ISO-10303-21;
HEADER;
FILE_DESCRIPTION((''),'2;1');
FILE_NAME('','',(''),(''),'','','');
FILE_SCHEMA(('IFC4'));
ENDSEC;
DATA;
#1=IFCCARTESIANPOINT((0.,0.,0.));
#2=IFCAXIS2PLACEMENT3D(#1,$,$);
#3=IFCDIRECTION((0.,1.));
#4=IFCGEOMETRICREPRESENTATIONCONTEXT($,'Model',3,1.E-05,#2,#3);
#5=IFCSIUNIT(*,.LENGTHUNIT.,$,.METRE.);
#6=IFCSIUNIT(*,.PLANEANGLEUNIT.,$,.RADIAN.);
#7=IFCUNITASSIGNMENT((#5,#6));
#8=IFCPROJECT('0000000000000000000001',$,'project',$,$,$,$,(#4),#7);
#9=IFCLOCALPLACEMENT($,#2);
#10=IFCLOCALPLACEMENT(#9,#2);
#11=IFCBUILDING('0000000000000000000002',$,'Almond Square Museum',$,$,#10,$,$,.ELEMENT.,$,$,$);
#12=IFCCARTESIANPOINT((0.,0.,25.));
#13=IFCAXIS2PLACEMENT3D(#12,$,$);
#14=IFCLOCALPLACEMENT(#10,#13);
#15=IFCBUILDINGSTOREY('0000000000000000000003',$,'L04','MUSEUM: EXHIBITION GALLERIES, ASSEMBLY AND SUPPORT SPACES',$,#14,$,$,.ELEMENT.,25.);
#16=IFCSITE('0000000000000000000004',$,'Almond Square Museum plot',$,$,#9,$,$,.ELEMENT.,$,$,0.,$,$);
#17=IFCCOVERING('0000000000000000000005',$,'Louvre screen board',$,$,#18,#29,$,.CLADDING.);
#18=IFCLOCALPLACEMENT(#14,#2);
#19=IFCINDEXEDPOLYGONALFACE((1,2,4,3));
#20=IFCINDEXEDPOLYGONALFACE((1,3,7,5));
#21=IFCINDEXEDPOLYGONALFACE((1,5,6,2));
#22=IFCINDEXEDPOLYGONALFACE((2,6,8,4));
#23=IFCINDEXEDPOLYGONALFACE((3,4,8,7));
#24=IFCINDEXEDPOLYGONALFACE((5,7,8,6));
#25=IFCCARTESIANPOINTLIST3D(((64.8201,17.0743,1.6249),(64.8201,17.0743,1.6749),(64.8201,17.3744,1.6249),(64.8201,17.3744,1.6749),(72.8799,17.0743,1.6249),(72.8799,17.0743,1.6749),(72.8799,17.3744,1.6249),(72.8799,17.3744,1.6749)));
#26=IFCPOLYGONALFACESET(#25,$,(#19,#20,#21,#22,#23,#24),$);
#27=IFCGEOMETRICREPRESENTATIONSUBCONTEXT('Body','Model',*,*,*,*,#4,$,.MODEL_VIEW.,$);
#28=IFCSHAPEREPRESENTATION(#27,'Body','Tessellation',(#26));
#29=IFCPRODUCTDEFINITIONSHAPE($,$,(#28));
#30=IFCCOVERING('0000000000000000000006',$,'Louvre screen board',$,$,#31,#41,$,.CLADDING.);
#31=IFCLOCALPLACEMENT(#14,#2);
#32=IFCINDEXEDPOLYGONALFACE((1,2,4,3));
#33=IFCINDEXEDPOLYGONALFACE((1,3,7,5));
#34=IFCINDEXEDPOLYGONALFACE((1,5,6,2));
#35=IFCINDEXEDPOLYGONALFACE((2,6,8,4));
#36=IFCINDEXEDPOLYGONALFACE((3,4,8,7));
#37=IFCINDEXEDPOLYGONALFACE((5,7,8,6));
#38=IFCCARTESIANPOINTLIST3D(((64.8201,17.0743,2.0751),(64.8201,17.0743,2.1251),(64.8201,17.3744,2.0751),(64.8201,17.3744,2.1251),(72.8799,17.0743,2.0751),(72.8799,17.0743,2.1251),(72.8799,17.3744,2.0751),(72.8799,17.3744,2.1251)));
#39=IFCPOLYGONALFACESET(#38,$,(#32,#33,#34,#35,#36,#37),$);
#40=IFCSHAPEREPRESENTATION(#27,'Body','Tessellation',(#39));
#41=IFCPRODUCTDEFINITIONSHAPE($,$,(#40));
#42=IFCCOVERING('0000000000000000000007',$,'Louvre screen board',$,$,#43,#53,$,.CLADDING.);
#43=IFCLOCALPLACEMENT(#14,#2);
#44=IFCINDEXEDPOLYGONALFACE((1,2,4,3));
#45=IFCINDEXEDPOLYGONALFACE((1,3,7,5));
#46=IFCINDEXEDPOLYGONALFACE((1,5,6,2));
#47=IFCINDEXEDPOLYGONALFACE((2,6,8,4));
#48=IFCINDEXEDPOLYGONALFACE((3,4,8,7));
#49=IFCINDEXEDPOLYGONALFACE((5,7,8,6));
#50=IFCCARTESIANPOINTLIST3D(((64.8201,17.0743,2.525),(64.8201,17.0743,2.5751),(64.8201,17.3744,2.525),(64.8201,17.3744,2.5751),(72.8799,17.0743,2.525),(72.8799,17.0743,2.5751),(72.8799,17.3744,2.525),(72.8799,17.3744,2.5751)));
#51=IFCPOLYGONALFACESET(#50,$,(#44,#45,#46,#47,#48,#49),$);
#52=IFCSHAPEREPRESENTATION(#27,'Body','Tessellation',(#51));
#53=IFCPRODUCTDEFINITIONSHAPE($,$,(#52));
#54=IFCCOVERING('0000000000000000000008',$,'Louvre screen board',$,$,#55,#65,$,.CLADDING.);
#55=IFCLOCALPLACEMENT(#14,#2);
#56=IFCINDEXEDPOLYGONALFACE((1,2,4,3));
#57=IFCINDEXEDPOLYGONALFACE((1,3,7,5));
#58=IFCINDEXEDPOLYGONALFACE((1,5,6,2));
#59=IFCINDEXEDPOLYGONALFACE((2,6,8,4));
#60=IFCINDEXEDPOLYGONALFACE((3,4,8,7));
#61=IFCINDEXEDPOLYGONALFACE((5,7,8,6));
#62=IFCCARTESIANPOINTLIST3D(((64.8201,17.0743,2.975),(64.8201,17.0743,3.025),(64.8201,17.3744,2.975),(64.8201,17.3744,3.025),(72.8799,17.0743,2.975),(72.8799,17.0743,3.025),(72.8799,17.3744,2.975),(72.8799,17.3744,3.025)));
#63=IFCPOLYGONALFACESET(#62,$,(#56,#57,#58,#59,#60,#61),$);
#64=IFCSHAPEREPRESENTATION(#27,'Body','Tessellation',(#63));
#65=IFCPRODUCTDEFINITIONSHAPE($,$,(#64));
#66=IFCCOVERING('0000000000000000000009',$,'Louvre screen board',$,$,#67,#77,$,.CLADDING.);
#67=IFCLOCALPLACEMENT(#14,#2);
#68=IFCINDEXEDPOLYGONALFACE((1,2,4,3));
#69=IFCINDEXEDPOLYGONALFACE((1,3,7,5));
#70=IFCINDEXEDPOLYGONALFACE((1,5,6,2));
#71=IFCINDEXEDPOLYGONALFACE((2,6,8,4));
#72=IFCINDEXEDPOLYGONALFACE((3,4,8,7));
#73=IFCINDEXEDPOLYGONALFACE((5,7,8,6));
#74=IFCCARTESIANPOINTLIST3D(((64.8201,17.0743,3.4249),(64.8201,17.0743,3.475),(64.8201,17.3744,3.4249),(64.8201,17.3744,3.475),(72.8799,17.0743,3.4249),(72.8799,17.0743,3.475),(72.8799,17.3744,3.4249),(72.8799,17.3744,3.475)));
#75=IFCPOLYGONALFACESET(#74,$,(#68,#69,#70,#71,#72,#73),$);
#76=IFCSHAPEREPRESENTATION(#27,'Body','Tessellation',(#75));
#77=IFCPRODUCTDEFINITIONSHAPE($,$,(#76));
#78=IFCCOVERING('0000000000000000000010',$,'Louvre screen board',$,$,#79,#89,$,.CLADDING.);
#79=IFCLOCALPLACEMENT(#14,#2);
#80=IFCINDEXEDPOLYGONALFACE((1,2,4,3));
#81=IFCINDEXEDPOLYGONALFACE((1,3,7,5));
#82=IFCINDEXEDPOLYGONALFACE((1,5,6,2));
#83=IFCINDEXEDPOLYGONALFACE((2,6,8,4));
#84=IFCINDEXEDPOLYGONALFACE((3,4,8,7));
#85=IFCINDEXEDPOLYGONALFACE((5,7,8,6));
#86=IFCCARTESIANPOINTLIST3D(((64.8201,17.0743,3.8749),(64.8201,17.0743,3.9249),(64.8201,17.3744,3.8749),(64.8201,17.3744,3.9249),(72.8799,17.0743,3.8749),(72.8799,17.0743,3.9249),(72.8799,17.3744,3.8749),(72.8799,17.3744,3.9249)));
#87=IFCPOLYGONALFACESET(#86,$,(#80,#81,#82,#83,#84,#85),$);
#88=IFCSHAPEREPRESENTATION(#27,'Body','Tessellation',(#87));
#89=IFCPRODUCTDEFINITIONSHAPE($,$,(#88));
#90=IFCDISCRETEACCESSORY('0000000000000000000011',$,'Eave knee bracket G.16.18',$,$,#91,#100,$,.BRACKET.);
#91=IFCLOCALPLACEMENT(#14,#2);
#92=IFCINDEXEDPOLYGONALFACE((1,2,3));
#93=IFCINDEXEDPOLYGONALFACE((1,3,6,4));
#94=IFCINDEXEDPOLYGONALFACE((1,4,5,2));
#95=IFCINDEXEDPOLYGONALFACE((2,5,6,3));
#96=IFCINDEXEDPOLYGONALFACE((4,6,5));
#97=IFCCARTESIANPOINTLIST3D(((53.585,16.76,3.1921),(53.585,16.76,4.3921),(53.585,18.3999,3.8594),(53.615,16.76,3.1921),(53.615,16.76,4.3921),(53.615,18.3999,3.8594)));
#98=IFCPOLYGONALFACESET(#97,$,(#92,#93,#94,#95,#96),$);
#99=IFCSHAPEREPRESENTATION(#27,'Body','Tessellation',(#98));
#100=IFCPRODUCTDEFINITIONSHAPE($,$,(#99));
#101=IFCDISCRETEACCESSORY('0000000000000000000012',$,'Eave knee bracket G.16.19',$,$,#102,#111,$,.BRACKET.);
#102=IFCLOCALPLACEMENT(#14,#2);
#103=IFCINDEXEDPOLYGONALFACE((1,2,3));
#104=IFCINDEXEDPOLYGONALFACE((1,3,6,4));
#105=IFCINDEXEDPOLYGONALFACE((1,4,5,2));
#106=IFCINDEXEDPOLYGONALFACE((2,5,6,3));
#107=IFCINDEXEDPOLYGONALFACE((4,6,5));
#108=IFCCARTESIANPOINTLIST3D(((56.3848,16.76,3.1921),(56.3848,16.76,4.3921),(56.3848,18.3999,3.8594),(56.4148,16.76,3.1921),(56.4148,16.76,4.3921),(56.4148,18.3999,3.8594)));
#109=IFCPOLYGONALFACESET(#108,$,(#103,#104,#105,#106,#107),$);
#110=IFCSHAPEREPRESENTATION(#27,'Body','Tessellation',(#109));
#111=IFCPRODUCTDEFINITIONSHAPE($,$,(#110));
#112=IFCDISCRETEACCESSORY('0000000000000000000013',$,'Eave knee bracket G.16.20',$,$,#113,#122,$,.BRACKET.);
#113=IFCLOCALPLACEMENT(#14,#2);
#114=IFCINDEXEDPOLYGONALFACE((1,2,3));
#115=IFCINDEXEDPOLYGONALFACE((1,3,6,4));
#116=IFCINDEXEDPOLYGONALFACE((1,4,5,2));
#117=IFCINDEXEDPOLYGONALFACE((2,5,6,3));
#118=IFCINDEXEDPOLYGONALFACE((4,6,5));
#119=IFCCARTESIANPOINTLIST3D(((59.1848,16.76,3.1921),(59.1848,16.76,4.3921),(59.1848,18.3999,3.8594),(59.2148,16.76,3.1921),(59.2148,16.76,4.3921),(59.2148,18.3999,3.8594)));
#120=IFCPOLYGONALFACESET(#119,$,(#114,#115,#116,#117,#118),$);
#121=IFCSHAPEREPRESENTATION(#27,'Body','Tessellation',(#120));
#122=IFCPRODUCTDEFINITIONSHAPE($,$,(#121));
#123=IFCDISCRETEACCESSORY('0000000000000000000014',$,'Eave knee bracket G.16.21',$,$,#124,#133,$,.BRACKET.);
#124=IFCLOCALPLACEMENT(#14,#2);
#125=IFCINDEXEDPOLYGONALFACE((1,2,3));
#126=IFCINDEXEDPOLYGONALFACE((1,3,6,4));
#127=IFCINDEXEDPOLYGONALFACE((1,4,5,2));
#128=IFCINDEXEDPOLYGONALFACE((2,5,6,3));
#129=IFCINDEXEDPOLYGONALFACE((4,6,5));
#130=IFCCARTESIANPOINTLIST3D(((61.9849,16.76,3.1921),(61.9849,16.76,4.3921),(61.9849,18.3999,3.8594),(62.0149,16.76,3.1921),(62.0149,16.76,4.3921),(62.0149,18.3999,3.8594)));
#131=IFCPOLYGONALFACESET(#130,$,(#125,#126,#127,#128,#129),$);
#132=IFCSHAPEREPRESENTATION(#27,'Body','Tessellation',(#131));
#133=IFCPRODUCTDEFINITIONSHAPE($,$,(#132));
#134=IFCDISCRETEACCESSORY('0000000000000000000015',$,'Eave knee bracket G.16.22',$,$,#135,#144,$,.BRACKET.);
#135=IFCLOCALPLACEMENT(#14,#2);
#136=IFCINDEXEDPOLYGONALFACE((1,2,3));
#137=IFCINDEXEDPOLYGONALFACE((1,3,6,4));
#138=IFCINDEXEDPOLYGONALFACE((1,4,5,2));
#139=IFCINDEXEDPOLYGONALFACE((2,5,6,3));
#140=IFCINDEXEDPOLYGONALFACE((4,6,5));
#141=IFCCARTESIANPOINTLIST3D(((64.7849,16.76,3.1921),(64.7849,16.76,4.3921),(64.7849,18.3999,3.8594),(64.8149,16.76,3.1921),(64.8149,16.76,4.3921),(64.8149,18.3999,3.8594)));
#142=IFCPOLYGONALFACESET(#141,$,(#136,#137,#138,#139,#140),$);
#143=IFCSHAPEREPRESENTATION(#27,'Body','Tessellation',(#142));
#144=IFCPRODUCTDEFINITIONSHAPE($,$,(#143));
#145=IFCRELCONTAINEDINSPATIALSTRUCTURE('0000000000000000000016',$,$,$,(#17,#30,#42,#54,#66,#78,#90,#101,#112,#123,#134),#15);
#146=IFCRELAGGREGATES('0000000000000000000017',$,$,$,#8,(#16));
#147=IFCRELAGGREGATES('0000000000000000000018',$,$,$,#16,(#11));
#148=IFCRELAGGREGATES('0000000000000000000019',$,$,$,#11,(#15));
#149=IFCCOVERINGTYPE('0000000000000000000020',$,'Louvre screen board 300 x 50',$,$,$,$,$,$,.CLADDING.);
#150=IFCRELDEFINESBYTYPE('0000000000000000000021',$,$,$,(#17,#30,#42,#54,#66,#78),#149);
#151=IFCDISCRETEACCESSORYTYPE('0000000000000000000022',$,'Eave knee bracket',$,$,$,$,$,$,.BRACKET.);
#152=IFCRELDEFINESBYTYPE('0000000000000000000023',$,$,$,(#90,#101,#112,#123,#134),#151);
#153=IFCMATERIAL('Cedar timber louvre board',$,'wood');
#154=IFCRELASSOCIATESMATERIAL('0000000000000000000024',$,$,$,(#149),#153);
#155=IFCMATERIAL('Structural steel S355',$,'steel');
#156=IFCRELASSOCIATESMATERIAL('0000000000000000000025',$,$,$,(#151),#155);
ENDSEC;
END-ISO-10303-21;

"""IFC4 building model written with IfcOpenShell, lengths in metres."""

from ifc_helpers import new_model, si_unit, direction, frame, origin, origin_2d, place, context, subcontext, project, spatial, polyline, rectangle, outline, extrude, material, material_profile, profile_set, type_object, element, save


model = new_model("IFC4")

# Units and contexts
model_context = context("Model", 3, precision=1e-05, world=origin(), true_north=direction((0.0, 1.0)))
body_context = subcontext(model_context, "Body", "Model", "MODEL_VIEW")
ifc_project = project(units=[si_unit("LENGTHUNIT", "METRE"), si_unit("PLANEANGLEUNIT", "RADIAN")], contexts=[model_context])

# Site, building, storey
site_placement = place(None, origin())
site = spatial("IfcSite", under=ifc_project, at=site_placement, Name="Almond Square Museum plot", CompositionType="ELEMENT", RefElevation=0.0)
building_placement = place(site_placement, origin())
building = spatial("IfcBuilding", under=site, at=building_placement, Name="Almond Square Museum", CompositionType="ELEMENT")
storey_placement = place(building_placement, frame((0.0, 0.0, 25.0)))
storey = spatial("IfcBuildingStorey", under=building, at=storey_placement, Name="L04", Description="MUSEUM: EXHIBITION GALLERIES, ASSEMBLY AND SUPPORT SPACES", CompositionType="ELEMENT", Elevation=25.0)

# Coverings
ifc_material_1 = material(Name="Cedar timber louvre board", Category="wood")
ifc_material_profile_1 = material_profile(ifc_material_1, rectangle(XDim=0.3, YDim=0.05, at=origin_2d()))
ifc_profile_set_1 = profile_set([ifc_material_profile_1], Name="Cedar timber louvre board")
covering_type = type_object("IfcCoveringType", Name="Louvre screen board 300 x 50", PredefinedType="CLADDING", material=ifc_profile_set_1)
for number, where, z_axis, x_axis, name in (
    (1, (64.8201, 17.2244, 1.6499), (1.0, 0.0, 0.0), (0.0, 1.0, 0.0), "Louvre screen board"),
    (2, (64.8201, 17.2244, 2.1001), (1.0, 0.0, 0.0), (0.0, 1.0, 0.0), "Louvre screen board"),
    (3, (64.8201, 17.2244, 2.55), (1.0, 0.0, 0.0), (0.0, 1.0, 0.0), "Louvre screen board"),
    (4, (64.8201, 17.2244, 3.0), (1.0, 0.0, 0.0), (0.0, 1.0, 0.0), "Louvre screen board"),
    (5, (64.8201, 17.2244, 3.45), (1.0, 0.0, 0.0), (0.0, 1.0, 0.0), "Louvre screen board"),
    (6, (64.8201, 17.2244, 3.8999), (1.0, 0.0, 0.0), (0.0, 1.0, 0.0), "Louvre screen board"),
):
    element("IfcCovering", number, at=place(storey_placement, frame(where, z_axis=z_axis, x_axis=x_axis)), inside=storey, type_object=covering_type, Name=name, PredefinedType="CLADDING", context=body_context, shape_type="SweptSolid", body=[
        extrude(rectangle(XDim=0.3, YDim=0.05, at=origin_2d()), origin(), (0.0, 0.0, 1.0), 8.0598),
    ])

# Discrete accessories
ifc_material_2 = material(Name="Structural steel S355", Category="steel")
discrete_accessory_type = type_object("IfcDiscreteAccessoryType", Name="Eave knee bracket", PredefinedType="BRACKET", material=ifc_material_2)
for number, where, z_axis, x_axis, name in (
    (7, (53.6001, 16.76, 4.3921), (1.0, 0.0, 0.0), (0.0, 0.0, -1.0), "Eave knee bracket G.16.18"),
    (8, (56.3999, 16.76, 4.3921), (1.0, 0.0, 0.0), (0.0, 0.0, -1.0), "Eave knee bracket G.16.19"),
    (9, (59.2, 16.76, 4.3921), (1.0, 0.0, 0.0), (0.0, 0.0, -1.0), "Eave knee bracket G.16.20"),
    (10, (62.0, 16.76, 4.3921), (1.0, 0.0, 0.0), (0.0, 0.0, -1.0), "Eave knee bracket G.16.21"),
    (11, (64.8, 16.76, 4.3921), (1.0, 0.0, 0.0), (0.0, 0.0, -1.0), "Eave knee bracket G.16.22"),
):
    element("IfcDiscreteAccessory", number, at=place(storey_placement, frame(where, z_axis=z_axis, x_axis=x_axis)), inside=storey, type_object=discrete_accessory_type, Name=name, PredefinedType="BRACKET", context=body_context, shape_type="SweptSolid", body=[
        extrude(outline(polyline([(0.0, 0.0), (1.2, 0.0), (0.5327, 1.6399), (0.0, 0.0)])), frame((0.0, 0.0, -0.0151)), (0.0, 0.0, 1.0), 0.03),
    ])

save(model, "model.ifc")
